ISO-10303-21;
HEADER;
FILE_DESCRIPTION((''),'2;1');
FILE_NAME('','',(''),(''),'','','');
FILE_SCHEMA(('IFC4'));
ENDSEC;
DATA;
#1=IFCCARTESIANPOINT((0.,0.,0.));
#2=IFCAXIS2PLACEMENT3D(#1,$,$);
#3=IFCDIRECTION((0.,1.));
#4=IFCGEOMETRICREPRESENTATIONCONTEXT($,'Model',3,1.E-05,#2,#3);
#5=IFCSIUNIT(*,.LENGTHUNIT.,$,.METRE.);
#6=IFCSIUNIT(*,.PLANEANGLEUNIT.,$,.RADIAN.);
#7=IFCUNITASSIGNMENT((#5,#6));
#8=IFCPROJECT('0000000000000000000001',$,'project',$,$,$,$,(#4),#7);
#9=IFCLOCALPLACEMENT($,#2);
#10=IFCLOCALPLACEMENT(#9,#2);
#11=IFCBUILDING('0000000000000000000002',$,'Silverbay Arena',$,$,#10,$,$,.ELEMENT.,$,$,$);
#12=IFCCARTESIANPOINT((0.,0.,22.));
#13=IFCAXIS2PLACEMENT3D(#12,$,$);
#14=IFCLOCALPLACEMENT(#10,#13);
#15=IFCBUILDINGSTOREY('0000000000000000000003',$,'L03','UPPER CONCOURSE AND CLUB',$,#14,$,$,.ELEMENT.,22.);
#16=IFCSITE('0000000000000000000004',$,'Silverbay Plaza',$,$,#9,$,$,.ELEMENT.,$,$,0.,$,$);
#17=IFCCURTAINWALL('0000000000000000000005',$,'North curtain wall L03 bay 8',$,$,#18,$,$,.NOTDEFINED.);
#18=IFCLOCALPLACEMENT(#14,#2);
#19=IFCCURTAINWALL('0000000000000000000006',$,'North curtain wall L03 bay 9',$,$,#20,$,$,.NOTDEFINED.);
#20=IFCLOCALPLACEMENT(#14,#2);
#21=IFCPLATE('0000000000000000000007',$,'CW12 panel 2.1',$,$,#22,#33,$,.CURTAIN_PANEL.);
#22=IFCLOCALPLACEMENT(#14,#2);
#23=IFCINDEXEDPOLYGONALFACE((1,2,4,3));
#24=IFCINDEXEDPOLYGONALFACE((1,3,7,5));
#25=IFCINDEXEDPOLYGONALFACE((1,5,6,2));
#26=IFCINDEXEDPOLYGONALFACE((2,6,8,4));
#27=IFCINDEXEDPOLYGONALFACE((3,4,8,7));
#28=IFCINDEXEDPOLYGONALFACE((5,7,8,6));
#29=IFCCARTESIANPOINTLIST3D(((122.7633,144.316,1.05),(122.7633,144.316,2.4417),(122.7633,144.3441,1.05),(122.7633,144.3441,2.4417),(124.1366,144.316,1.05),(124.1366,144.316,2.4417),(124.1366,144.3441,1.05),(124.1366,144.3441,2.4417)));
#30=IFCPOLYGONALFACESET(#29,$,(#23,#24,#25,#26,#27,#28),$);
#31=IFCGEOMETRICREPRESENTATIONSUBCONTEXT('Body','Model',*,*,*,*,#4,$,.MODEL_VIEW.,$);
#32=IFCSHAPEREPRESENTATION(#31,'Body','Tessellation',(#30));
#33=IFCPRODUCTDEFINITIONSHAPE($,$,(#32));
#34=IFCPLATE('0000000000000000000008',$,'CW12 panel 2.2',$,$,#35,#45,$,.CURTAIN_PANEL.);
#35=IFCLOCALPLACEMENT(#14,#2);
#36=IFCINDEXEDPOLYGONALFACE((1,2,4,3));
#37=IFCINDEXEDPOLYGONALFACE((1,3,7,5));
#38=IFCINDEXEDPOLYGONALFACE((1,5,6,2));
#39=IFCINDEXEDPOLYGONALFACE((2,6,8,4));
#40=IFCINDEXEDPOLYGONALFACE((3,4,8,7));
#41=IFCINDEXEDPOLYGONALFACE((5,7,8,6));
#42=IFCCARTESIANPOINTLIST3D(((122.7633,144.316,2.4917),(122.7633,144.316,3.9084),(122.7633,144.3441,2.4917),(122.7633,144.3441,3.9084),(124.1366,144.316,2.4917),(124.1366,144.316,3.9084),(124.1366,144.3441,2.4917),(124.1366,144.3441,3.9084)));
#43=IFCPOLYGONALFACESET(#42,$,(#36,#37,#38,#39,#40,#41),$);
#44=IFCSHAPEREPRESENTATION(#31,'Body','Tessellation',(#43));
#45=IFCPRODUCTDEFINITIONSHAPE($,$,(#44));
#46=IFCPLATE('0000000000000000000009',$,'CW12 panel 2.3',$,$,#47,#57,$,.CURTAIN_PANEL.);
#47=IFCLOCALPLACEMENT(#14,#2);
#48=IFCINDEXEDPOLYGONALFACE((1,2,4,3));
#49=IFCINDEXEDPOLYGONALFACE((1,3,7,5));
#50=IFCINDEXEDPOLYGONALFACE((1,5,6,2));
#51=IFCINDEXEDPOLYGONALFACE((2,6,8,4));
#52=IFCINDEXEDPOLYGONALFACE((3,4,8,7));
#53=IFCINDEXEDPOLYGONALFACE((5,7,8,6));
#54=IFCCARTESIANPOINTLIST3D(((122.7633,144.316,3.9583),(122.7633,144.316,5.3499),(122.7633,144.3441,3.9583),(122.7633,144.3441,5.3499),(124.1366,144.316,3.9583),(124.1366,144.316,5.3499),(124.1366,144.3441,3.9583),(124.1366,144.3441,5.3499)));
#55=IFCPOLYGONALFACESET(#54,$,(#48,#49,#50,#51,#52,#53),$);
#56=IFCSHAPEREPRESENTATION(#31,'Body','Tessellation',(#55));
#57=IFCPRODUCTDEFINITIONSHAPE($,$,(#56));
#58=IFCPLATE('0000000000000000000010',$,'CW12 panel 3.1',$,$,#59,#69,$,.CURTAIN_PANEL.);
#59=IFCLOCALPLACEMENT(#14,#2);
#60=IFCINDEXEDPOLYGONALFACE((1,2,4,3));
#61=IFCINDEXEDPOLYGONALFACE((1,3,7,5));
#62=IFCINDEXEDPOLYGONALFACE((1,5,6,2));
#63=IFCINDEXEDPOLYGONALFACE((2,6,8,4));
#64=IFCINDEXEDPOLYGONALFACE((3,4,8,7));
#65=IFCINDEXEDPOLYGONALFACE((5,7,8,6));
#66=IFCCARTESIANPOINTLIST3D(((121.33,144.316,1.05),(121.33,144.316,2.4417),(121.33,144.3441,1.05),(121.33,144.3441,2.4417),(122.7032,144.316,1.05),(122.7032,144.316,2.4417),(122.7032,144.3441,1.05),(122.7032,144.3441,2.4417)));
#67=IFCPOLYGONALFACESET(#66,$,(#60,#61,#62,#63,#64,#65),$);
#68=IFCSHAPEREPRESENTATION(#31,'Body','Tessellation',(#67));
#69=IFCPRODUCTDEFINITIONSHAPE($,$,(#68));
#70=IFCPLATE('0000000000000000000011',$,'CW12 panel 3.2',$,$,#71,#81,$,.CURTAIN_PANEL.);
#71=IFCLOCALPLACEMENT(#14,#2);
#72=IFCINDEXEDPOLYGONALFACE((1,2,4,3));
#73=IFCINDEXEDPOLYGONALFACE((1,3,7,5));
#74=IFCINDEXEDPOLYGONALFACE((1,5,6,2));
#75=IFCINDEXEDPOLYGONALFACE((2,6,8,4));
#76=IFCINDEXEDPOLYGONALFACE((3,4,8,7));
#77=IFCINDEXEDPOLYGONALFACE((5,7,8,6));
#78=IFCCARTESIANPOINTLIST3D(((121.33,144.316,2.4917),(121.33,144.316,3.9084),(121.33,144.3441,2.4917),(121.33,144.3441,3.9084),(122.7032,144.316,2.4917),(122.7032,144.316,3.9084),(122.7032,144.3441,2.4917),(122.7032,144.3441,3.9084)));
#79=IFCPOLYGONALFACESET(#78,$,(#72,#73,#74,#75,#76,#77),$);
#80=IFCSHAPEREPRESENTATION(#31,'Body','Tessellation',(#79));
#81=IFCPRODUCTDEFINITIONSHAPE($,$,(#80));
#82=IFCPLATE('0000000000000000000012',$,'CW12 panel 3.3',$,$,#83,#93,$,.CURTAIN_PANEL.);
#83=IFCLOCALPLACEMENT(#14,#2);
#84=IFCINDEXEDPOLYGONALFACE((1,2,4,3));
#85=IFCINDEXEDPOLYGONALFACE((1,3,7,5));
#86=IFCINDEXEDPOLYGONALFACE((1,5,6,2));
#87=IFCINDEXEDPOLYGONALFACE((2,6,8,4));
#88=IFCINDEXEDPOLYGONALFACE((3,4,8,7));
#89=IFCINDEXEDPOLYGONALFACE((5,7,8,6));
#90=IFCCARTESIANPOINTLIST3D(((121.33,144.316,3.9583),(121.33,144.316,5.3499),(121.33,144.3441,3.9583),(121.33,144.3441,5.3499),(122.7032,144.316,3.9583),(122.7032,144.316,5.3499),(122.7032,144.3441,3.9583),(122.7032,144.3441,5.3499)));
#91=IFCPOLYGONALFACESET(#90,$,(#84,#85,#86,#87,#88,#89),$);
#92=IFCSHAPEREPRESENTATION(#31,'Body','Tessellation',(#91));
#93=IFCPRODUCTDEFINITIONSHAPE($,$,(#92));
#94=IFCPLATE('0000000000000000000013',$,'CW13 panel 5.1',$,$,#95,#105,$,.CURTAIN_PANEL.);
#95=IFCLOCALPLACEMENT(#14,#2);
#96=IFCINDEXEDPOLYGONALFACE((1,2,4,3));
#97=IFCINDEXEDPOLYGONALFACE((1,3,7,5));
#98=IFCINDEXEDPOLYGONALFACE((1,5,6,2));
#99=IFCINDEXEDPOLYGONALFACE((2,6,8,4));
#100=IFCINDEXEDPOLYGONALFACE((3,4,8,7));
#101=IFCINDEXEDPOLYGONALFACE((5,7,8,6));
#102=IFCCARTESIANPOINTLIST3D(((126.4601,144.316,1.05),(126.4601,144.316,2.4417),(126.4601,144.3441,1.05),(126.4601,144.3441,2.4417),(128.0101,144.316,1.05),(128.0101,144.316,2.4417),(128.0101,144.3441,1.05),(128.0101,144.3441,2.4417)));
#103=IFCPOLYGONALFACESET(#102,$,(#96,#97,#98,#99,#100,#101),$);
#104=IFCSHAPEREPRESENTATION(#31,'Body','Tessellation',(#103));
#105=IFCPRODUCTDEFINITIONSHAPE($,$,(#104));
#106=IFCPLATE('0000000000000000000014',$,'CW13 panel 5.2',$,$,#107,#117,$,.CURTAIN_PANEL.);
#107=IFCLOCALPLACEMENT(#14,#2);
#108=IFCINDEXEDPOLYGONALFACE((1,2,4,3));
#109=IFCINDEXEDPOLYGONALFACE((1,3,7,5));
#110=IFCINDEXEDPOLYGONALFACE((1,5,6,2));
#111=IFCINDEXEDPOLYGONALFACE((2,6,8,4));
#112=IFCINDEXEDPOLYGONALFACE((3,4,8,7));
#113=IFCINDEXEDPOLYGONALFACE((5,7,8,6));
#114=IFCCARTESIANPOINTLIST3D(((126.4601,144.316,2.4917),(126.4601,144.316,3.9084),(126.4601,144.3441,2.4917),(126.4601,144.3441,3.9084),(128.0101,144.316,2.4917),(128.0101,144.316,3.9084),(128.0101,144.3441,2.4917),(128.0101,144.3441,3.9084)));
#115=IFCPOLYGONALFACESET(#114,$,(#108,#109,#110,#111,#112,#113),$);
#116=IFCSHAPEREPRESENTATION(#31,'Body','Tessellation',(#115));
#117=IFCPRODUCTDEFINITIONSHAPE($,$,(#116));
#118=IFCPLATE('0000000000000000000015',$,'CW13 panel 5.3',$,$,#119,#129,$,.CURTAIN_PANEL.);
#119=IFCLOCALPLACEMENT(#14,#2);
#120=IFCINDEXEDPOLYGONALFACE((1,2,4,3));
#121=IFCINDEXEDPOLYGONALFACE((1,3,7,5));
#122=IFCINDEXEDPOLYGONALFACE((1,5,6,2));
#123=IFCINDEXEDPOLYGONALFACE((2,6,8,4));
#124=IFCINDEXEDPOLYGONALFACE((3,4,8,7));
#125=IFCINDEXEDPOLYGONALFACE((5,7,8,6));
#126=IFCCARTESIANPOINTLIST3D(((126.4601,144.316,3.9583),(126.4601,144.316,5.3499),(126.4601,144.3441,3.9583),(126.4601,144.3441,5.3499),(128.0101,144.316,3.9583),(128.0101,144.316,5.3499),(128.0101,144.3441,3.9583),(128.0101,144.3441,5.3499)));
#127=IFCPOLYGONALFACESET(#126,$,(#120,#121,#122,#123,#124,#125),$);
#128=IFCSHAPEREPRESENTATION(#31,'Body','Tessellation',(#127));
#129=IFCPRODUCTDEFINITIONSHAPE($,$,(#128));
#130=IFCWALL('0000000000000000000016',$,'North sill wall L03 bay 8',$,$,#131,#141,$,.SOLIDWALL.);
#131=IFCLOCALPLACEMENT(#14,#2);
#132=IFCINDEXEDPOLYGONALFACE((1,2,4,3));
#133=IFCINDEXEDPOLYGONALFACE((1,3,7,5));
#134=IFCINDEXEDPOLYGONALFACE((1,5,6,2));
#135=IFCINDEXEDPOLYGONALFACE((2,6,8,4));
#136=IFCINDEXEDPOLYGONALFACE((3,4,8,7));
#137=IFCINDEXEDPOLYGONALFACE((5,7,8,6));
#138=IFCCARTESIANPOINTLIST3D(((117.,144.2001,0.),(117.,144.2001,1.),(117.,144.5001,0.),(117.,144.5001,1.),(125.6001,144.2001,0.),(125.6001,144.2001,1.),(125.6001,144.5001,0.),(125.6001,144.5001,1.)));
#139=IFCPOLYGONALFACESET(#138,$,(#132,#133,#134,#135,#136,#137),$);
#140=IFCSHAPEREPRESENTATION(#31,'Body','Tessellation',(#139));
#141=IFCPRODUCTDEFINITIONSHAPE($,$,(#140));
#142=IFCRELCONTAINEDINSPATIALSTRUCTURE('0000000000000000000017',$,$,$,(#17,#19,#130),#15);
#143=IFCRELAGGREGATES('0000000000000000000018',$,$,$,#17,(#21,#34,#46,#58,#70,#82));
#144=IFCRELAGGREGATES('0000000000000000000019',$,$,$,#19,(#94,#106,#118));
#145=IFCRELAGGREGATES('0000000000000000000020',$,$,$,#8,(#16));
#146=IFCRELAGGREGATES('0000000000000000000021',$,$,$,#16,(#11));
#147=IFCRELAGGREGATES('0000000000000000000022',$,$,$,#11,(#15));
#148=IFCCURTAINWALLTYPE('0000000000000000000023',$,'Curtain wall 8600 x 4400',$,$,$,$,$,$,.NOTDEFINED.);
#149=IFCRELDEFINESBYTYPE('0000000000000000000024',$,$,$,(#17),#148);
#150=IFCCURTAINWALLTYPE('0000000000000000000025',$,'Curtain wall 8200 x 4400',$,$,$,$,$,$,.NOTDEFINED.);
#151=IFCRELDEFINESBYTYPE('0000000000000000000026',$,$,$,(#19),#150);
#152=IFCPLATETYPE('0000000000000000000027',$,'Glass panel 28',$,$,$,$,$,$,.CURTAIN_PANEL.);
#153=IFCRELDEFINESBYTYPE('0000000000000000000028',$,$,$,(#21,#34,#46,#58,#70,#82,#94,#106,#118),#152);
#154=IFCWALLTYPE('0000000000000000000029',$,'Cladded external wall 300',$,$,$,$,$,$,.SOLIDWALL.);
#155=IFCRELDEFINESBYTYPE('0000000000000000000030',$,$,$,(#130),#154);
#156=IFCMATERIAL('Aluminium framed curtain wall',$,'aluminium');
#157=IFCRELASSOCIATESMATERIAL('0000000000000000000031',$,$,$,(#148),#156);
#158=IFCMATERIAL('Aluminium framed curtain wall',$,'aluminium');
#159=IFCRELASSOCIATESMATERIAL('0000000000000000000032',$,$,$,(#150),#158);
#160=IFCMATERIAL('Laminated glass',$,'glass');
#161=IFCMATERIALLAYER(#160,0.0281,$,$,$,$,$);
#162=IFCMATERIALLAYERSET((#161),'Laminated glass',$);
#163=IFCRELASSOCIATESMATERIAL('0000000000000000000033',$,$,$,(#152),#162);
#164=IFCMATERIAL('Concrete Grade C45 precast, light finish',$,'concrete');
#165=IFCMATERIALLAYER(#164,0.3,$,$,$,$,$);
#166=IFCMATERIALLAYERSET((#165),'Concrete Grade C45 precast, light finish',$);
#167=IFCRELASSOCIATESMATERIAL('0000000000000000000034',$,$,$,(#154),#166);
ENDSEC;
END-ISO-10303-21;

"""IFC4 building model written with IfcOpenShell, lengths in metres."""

from ifc_helpers import new_model, si_unit, direction, frame, frame_2d, origin, origin_2d, place, context, subcontext, project, spatial, rectangle, extrude, material, layer, layer_set, type_object, element, aggregate, save


model = new_model("IFC4")

# Units and contexts
model_context = context("Model", 3, precision=1e-05, world=origin(), true_north=direction((0.0, 1.0)))
body_context = subcontext(model_context, "Body", "Model", "MODEL_VIEW")
ifc_project = project(units=[si_unit("LENGTHUNIT", "METRE"), si_unit("PLANEANGLEUNIT", "RADIAN")], contexts=[model_context])

# Site, building, storey
site_placement = place(None, origin())
site = spatial("IfcSite", under=ifc_project, at=site_placement, Name="Silverbay Plaza", CompositionType="ELEMENT", RefElevation=0.0)
building_placement = place(site_placement, origin())
building = spatial("IfcBuilding", under=site, at=building_placement, Name="Silverbay Arena", CompositionType="ELEMENT")
storey_placement = place(building_placement, frame((0.0, 0.0, 22.0)))
storey = spatial("IfcBuildingStorey", under=building, at=storey_placement, Name="L03", Description="UPPER CONCOURSE AND CLUB", CompositionType="ELEMENT", Elevation=22.0)

# Curtain walls
ifc_material_1 = material(Name="Aluminium framed curtain wall", Category="aluminium")
curtain_wall_type_1 = type_object("IfcCurtainWallType", Name="Curtain wall 8600 x 4400", PredefinedType="NOTDEFINED", material=ifc_material_1)
curtain_wall_1_placement = place(storey_placement, origin())
curtain_wall_1 = element("IfcCurtainWall", 1, at=curtain_wall_1_placement, inside=storey, type_object=curtain_wall_type_1, Name="North curtain wall L03 bay 8", PredefinedType="NOTDEFINED")
ifc_material_2 = material(Name="Aluminium framed curtain wall", Category="aluminium")
curtain_wall_type_2 = type_object("IfcCurtainWallType", Name="Curtain wall 8200 x 4400", PredefinedType="NOTDEFINED", material=ifc_material_2)
curtain_wall_2_placement = place(storey_placement, origin())
curtain_wall_2 = element("IfcCurtainWall", 2, at=curtain_wall_2_placement, inside=storey, type_object=curtain_wall_type_2, Name="North curtain wall L03 bay 9", PredefinedType="NOTDEFINED")

# Plates
ifc_material_3 = material(Name="Laminated glass", Category="glass")
ifc_layer_1 = layer(ifc_material_3, 0.0281)
ifc_layer_set_1 = layer_set([ifc_layer_1], Name="Laminated glass")
plate_type = type_object("IfcPlateType", Name="Glass panel 28", PredefinedType="CURTAIN_PANEL", material=ifc_layer_set_1)
plate_1_placement = place(storey_placement, frame((123.45, 144.3301, 1.05), z_axis=(0.0, 0.0, 1.0), x_axis=(-1.0, 0.0, 0.0)))
plate_1 = element("IfcPlate", 3, at=plate_1_placement, type_object=plate_type, Name="CW12 panel 2.1", PredefinedType="CURTAIN_PANEL", context=body_context, shape_type="SweptSolid", body=[
    extrude(rectangle(XDim=1.3733, YDim=0.0281, at=origin_2d()), origin(), (0.0, 0.0, 1.0), 1.3916),
])
plate_2_placement = place(storey_placement, frame((123.45, 144.3301, 2.4917), z_axis=(0.0, 0.0, 1.0), x_axis=(-1.0, 0.0, 0.0)))
plate_2 = element("IfcPlate", 4, at=plate_2_placement, type_object=plate_type, Name="CW12 panel 2.2", PredefinedType="CURTAIN_PANEL", context=body_context, shape_type="SweptSolid", body=[
    extrude(rectangle(XDim=1.3733, YDim=0.0281, at=origin_2d()), origin(), (0.0, 0.0, 1.0), 1.4167),
])
plate_3_placement = place(storey_placement, frame((123.45, 144.3301, 3.9583), z_axis=(0.0, 0.0, 1.0), x_axis=(-1.0, 0.0, 0.0)))
plate_3 = element("IfcPlate", 5, at=plate_3_placement, type_object=plate_type, Name="CW12 panel 2.3", PredefinedType="CURTAIN_PANEL", context=body_context, shape_type="SweptSolid", body=[
    extrude(rectangle(XDim=1.3733, YDim=0.0281, at=origin_2d()), origin(), (0.0, 0.0, 1.0), 1.3916),
])
plate_4_placement = place(storey_placement, frame((122.0166, 144.3301, 1.05), z_axis=(0.0, 0.0, 1.0), x_axis=(-1.0, 0.0, 0.0)))
plate_4 = element("IfcPlate", 6, at=plate_4_placement, type_object=plate_type, Name="CW12 panel 3.1", PredefinedType="CURTAIN_PANEL", context=body_context, shape_type="SweptSolid", body=[
    extrude(rectangle(XDim=1.3733, YDim=0.0281, at=origin_2d()), origin(), (0.0, 0.0, 1.0), 1.3916),
])
plate_5_placement = place(storey_placement, frame((122.0166, 144.3301, 2.4917), z_axis=(0.0, 0.0, 1.0), x_axis=(-1.0, 0.0, 0.0)))
plate_5 = element("IfcPlate", 7, at=plate_5_placement, type_object=plate_type, Name="CW12 panel 3.2", PredefinedType="CURTAIN_PANEL", context=body_context, shape_type="SweptSolid", body=[
    extrude(rectangle(XDim=1.3733, YDim=0.0281, at=origin_2d()), origin(), (0.0, 0.0, 1.0), 1.4167),
])
plate_6_placement = place(storey_placement, frame((122.0166, 144.3301, 3.9583), z_axis=(0.0, 0.0, 1.0), x_axis=(-1.0, 0.0, 0.0)))
plate_6 = element("IfcPlate", 8, at=plate_6_placement, type_object=plate_type, Name="CW12 panel 3.3", PredefinedType="CURTAIN_PANEL", context=body_context, shape_type="SweptSolid", body=[
    extrude(rectangle(XDim=1.3733, YDim=0.0281, at=origin_2d()), origin(), (0.0, 0.0, 1.0), 1.3916),
])
aggregate(curtain_wall_1, [plate_1, plate_2, plate_3, plate_4, plate_5, plate_6])
plate_7_placement = place(storey_placement, frame((127.2351, 144.3301, 1.05), z_axis=(0.0, 0.0, 1.0), x_axis=(-1.0, 0.0, 0.0)))
plate_7 = element("IfcPlate", 9, at=plate_7_placement, type_object=plate_type, Name="CW13 panel 5.1", PredefinedType="CURTAIN_PANEL", context=body_context, shape_type="SweptSolid", body=[
    extrude(rectangle(XDim=1.55, YDim=0.0281, at=origin_2d()), origin(), (0.0, 0.0, 1.0), 1.3916),
])
plate_8_placement = place(storey_placement, frame((127.2351, 144.3301, 2.4917), z_axis=(0.0, 0.0, 1.0), x_axis=(-1.0, 0.0, 0.0)))
plate_8 = element("IfcPlate", 10, at=plate_8_placement, type_object=plate_type, Name="CW13 panel 5.2", PredefinedType="CURTAIN_PANEL", context=body_context, shape_type="SweptSolid", body=[
    extrude(rectangle(XDim=1.55, YDim=0.0281, at=origin_2d()), origin(), (0.0, 0.0, 1.0), 1.4167),
])
plate_9_placement = place(storey_placement, frame((127.2351, 144.3301, 3.9583), z_axis=(0.0, 0.0, 1.0), x_axis=(-1.0, 0.0, 0.0)))
plate_9 = element("IfcPlate", 11, at=plate_9_placement, type_object=plate_type, Name="CW13 panel 5.3", PredefinedType="CURTAIN_PANEL", context=body_context, shape_type="SweptSolid", body=[
    extrude(rectangle(XDim=1.55, YDim=0.0281, at=origin_2d()), origin(), (0.0, 0.0, 1.0), 1.3916),
])
aggregate(curtain_wall_2, [plate_7, plate_8, plate_9])

# Wall
ifc_material_4 = material(Name="Concrete Grade C45 precast, light finish", Category="concrete")
ifc_layer_2 = layer(ifc_material_4, 0.3)
ifc_layer_set_2 = layer_set([ifc_layer_2], Name="Concrete Grade C45 precast, light finish")
wall_type = type_object("IfcWallType", Name="Cladded external wall 300", PredefinedType="SOLIDWALL", material=ifc_layer_set_2)
wall_placement = place(storey_placement, frame((125.6001, 144.3501, 0.0), z_axis=(0.0, 0.0, 1.0), x_axis=(-1.0, 0.0, 0.0)))
element("IfcWall", 12, at=wall_placement, inside=storey, type_object=wall_type, Name="North sill wall L03 bay 8", PredefinedType="SOLIDWALL", context=body_context, shape_type="SweptSolid", body=[
    extrude(rectangle(XDim=8.6001, YDim=0.3, at=frame_2d((4.3, 0.0))), origin(), (0.0, 0.0, 1.0), 1.0),
])

save(model, "model.ifc")
